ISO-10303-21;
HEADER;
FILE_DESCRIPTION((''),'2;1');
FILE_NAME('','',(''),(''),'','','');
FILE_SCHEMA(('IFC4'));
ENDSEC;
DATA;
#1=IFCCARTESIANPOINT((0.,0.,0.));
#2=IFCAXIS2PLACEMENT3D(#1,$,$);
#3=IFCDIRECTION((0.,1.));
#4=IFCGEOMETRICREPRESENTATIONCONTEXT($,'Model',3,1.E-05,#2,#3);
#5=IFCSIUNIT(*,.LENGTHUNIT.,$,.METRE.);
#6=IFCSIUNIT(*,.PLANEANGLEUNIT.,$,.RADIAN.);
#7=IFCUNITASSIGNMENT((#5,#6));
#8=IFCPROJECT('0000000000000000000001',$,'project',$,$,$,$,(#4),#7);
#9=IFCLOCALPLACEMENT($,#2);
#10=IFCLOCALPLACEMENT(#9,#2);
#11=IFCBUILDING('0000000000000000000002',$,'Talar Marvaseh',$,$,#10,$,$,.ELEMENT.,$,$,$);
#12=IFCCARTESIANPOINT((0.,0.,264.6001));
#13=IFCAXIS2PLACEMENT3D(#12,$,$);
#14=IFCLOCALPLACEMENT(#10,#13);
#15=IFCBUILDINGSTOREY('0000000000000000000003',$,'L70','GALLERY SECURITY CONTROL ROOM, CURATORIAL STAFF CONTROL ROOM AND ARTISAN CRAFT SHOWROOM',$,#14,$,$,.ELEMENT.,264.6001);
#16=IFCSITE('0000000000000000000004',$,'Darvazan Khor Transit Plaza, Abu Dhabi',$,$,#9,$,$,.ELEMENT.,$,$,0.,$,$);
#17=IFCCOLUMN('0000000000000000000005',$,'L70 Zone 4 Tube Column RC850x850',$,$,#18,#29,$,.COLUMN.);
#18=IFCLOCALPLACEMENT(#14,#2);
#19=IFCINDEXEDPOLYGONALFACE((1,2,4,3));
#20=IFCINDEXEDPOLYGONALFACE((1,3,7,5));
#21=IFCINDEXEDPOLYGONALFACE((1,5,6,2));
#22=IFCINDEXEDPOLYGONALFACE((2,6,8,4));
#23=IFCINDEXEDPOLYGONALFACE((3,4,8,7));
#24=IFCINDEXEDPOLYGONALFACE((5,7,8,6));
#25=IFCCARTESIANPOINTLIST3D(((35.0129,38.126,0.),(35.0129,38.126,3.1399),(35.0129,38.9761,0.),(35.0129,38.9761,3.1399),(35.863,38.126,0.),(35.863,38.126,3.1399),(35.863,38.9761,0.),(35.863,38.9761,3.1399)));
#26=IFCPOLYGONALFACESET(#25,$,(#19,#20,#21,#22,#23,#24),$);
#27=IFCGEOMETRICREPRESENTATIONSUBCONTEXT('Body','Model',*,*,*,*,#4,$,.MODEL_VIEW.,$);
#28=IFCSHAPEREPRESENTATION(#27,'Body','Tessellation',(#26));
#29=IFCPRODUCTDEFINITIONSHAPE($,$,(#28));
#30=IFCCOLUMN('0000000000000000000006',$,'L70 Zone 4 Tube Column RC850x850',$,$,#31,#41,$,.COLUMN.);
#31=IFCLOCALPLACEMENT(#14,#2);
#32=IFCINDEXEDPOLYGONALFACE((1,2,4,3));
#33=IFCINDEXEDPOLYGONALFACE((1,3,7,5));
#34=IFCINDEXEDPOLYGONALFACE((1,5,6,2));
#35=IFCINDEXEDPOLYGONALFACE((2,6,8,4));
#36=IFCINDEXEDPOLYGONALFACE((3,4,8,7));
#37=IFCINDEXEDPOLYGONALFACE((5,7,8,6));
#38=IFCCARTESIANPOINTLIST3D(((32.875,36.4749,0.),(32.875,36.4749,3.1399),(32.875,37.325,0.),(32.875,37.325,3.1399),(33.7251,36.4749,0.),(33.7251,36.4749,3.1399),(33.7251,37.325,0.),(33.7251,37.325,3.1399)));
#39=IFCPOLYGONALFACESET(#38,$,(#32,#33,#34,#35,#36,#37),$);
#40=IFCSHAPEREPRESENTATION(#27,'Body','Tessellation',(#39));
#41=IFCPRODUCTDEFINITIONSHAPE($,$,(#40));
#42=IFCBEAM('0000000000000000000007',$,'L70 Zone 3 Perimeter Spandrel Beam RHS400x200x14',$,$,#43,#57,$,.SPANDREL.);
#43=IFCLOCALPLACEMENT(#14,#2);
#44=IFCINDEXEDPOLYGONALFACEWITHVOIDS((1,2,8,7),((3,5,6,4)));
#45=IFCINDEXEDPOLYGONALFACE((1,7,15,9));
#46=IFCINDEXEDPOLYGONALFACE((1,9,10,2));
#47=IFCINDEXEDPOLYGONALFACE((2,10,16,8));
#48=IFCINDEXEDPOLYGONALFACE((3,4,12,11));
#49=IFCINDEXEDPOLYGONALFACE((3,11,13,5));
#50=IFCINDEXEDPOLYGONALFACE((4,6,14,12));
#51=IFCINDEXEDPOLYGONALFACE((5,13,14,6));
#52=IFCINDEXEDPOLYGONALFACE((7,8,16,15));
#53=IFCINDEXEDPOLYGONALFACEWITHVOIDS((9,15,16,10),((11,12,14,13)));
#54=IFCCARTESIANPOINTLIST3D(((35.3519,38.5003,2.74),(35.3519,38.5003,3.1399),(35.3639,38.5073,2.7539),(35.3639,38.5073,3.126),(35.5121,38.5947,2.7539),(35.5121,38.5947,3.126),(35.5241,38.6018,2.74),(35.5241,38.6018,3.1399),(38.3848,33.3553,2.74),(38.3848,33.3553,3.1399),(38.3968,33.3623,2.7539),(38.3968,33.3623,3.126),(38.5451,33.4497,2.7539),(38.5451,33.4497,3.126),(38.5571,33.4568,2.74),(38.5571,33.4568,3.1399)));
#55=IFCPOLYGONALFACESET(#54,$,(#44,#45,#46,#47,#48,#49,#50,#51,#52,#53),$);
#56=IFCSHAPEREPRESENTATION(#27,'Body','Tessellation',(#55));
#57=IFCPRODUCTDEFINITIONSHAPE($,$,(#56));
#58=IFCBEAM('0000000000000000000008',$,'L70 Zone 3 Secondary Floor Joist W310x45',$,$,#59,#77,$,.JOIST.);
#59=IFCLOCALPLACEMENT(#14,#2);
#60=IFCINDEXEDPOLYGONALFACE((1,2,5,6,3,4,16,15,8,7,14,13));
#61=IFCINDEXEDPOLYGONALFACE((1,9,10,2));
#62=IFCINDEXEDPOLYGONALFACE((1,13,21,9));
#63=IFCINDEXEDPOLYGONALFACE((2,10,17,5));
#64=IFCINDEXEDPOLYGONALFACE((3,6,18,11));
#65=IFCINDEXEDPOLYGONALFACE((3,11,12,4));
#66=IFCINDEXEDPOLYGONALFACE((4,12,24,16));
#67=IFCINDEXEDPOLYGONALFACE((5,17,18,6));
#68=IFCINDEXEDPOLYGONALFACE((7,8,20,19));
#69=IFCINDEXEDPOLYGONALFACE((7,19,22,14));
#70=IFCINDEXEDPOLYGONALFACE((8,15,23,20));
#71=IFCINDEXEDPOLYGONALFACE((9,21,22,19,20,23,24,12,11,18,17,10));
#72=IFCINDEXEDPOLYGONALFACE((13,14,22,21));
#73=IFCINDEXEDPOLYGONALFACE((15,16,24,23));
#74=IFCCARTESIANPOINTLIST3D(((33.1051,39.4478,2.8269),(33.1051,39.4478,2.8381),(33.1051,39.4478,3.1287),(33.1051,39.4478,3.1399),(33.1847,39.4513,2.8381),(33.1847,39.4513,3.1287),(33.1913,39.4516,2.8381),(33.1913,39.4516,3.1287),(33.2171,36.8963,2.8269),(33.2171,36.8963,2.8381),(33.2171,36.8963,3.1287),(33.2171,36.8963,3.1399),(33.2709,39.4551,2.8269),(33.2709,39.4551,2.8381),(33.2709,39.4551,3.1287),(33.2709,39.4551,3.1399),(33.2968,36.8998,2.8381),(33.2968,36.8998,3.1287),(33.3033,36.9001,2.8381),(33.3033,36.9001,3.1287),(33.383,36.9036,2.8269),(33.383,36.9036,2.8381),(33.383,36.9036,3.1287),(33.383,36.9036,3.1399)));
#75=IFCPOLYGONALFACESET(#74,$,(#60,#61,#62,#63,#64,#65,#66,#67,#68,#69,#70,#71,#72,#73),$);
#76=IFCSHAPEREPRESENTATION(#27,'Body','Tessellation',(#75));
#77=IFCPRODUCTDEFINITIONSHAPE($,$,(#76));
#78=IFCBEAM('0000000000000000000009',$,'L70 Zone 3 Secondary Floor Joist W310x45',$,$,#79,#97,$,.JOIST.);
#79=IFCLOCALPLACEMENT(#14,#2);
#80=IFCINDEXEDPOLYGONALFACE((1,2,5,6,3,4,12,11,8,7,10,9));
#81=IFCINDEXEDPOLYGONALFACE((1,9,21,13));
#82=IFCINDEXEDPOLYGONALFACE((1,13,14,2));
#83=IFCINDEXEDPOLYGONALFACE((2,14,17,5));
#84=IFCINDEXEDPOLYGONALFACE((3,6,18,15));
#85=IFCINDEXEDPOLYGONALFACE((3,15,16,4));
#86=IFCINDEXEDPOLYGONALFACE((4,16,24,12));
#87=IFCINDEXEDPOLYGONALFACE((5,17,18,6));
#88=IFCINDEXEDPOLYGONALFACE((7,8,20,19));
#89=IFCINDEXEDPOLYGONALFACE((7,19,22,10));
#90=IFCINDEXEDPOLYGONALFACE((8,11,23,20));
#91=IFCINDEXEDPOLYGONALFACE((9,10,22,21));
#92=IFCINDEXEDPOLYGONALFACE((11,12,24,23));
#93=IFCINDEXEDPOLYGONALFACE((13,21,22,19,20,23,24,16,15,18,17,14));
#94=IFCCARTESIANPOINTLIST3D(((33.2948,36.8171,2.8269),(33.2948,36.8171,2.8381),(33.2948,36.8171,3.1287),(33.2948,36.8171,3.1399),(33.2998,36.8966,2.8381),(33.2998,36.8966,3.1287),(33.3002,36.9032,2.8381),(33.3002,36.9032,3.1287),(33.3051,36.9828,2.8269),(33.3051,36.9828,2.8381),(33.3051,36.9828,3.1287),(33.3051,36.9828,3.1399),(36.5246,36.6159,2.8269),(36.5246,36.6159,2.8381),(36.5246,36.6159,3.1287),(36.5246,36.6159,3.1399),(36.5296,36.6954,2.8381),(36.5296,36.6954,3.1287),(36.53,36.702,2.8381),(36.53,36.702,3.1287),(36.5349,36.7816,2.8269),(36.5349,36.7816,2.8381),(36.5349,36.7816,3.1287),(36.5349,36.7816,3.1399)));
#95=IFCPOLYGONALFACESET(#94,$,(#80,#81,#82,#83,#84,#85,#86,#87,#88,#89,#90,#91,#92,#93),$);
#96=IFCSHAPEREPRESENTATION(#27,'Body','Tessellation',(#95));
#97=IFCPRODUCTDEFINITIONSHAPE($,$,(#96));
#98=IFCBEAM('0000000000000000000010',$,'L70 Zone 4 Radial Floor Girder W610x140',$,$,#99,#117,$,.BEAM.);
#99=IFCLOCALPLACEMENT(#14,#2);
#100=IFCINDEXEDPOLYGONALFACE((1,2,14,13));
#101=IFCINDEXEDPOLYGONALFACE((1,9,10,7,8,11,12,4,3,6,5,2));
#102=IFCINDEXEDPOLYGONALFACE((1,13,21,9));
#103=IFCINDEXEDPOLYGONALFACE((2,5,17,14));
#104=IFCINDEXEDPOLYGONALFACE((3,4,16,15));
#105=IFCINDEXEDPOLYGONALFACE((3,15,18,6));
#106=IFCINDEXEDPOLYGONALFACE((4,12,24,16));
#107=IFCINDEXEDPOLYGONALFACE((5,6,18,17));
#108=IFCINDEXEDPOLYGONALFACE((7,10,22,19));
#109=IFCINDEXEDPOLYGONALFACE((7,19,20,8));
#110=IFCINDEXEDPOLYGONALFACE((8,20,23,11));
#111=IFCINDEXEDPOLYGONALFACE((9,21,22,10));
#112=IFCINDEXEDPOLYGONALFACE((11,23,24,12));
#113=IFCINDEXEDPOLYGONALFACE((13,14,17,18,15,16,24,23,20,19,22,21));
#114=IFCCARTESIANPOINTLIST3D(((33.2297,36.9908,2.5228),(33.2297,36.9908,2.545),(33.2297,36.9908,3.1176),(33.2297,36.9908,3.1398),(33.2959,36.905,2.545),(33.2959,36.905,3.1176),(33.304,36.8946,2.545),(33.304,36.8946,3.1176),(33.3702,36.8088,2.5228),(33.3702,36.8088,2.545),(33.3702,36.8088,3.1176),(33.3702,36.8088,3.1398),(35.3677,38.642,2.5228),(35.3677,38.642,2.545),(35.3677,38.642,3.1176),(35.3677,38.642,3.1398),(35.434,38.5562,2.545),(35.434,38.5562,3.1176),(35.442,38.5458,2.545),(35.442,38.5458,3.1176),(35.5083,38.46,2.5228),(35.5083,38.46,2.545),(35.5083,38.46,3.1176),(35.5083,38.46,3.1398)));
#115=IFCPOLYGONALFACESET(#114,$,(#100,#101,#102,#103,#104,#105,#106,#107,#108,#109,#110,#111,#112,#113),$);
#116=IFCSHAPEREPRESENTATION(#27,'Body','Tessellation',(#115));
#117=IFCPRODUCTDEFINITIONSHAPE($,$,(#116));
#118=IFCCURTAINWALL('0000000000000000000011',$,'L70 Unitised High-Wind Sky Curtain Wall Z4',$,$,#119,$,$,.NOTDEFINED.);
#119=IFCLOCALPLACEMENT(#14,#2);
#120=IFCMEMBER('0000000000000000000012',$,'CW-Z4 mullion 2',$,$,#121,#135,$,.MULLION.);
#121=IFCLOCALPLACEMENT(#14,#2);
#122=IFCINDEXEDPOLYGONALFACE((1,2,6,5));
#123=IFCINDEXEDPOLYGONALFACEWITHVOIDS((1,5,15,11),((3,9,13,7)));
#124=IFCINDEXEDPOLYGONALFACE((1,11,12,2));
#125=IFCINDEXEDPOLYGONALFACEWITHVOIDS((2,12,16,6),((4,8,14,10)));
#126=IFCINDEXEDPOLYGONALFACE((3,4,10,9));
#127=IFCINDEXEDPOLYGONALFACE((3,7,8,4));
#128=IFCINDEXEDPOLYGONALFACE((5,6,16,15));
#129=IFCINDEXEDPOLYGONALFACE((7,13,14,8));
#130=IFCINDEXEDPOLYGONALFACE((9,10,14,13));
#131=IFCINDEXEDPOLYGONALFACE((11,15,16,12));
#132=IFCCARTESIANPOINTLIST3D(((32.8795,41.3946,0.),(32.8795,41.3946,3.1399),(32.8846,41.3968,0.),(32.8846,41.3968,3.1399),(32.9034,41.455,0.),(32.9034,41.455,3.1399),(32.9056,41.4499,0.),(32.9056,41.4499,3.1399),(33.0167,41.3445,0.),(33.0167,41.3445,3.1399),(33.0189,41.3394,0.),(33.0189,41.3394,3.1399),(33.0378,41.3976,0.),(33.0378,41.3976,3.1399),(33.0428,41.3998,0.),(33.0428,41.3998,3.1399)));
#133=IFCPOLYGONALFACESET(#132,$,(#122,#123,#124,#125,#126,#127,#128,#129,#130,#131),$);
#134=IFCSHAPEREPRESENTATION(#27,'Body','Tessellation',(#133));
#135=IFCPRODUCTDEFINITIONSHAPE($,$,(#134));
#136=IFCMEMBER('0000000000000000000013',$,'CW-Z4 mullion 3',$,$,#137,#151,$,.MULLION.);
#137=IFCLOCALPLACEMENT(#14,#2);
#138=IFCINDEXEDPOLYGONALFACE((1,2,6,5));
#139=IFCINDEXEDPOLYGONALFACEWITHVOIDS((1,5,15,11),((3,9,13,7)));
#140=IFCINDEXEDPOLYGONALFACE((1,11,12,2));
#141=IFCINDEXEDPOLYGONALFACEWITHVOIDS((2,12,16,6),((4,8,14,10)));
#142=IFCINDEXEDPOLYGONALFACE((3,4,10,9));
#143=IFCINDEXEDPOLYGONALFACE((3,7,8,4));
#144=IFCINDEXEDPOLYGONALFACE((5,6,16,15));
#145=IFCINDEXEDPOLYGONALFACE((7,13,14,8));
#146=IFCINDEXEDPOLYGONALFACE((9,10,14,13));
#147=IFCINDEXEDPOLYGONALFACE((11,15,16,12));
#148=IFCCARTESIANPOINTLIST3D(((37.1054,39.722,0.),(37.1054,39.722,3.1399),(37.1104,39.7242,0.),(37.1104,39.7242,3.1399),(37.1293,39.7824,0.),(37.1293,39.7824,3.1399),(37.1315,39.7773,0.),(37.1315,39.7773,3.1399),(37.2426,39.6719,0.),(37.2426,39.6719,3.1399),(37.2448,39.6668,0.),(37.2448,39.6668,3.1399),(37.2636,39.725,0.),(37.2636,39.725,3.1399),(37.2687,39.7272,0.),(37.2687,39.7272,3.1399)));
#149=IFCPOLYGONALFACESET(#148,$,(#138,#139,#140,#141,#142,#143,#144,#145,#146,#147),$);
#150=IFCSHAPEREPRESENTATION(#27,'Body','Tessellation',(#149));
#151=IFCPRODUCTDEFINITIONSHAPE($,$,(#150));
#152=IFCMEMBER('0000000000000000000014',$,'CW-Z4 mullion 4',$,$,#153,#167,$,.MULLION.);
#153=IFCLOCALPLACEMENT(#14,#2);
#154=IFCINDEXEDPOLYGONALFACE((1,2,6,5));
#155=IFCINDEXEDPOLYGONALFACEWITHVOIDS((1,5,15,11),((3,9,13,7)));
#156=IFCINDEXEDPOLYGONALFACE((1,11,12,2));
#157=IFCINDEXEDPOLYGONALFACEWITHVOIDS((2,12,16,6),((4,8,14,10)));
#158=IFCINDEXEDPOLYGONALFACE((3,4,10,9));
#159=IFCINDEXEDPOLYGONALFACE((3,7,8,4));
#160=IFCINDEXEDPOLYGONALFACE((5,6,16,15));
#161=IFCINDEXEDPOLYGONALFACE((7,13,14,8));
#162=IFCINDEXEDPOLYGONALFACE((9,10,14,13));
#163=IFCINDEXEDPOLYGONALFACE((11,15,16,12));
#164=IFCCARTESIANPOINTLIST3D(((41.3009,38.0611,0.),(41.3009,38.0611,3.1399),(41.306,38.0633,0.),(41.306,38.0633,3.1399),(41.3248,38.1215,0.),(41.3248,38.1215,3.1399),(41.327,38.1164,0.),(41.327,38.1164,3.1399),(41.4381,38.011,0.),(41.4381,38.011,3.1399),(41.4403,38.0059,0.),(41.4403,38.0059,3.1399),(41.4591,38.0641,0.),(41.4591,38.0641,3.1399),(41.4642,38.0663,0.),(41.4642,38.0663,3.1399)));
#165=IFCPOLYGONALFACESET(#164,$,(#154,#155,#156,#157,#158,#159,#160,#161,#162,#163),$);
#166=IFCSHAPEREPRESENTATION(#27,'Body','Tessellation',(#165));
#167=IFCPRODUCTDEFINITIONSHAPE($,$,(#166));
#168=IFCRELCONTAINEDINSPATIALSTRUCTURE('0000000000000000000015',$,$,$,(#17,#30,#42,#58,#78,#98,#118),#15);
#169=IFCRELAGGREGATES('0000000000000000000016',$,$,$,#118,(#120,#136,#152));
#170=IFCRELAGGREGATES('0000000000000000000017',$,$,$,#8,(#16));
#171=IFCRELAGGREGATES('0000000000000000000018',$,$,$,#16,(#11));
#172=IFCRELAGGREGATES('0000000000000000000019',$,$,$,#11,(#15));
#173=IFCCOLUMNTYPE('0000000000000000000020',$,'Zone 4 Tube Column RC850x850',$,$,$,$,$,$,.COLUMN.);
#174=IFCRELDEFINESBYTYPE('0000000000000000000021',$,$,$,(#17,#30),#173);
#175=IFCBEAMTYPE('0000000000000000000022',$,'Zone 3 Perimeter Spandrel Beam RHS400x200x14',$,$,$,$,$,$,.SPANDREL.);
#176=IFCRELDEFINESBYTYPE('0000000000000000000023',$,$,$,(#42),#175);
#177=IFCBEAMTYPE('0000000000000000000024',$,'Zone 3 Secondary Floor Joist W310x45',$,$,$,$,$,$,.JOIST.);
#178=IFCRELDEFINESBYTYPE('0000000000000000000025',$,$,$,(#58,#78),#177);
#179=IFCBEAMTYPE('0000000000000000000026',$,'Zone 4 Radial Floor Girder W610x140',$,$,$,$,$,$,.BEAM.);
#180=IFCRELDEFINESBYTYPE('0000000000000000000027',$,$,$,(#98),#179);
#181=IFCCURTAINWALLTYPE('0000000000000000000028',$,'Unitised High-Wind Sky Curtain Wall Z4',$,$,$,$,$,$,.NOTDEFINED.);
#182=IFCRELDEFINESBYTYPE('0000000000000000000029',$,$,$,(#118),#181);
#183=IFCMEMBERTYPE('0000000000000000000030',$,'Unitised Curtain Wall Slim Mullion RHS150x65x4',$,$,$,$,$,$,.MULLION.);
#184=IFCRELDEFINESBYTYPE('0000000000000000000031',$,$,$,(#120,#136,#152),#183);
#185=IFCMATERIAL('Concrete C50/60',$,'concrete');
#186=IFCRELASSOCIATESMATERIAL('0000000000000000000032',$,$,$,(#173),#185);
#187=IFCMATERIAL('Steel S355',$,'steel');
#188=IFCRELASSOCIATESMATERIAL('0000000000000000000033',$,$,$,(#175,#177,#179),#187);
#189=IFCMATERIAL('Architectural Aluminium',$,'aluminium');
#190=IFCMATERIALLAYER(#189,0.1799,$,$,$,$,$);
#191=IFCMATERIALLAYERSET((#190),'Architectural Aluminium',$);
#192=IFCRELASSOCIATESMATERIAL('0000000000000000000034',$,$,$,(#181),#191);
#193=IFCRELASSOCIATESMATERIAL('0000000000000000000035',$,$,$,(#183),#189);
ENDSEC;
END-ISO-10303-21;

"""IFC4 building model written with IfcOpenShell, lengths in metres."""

from ifc_helpers import new_model, si_unit, direction, frame, origin, origin_2d, place, context, subcontext, project, spatial, rectangle, hollow_rectangle, i_section, extrude, source, transform, mapped, material, layer, layer_set, material_profile, profile_set, type_object, type_shapes, element, aggregate, save


model = new_model("IFC4")

# Units and contexts
model_context = context("Model", 3, precision=1e-05, world=origin(), true_north=direction((0.0, 1.0)))
body_context = subcontext(model_context, "Body", "Model", "MODEL_VIEW")
ifc_project = project(units=[si_unit("LENGTHUNIT", "METRE"), si_unit("PLANEANGLEUNIT", "RADIAN")], contexts=[model_context])

# Site, building, storey
site_placement = place(None, origin())
site = spatial("IfcSite", under=ifc_project, at=site_placement, Name="Darvazan Khor Transit Plaza, Abu Dhabi", CompositionType="ELEMENT", RefElevation=0.0)
building_placement = place(site_placement, origin())
building = spatial("IfcBuilding", under=site, at=building_placement, Name="Talar Marvaseh", CompositionType="ELEMENT")
storey_placement = place(building_placement, frame((0.0, 0.0, 264.6001)))
storey = spatial("IfcBuildingStorey", under=building, at=storey_placement, Name="L70", Description="GALLERY SECURITY CONTROL ROOM, CURATORIAL STAFF CONTROL ROOM AND ARTISAN CRAFT SHOWROOM", CompositionType="ELEMENT", Elevation=264.6001)

# Columns
ifc_material_1 = material(Name="Concrete C50/60", Category="concrete")
ifc_material_profile_1 = material_profile(ifc_material_1, rectangle(XDim=0.8501, YDim=0.8501, at=origin_2d()), Name="RC850x850")
ifc_profile_set_1 = profile_set([ifc_material_profile_1], Name="Concrete C50/60")
column_type = type_object("IfcColumnType", Name="Zone 4 Tube Column RC850x850", PredefinedType="COLUMN", material=ifc_profile_set_1)
for number, where, z_axis, x_axis, name in (
    (1, (35.438, 38.551, 0.0), (0.0, 0.0, 1.0), (1.0, 0.0, 0.0), "L70 Zone 4 Tube Column RC850x850"),
    (2, (33.3, 36.8999, 0.0), (0.0, 0.0, 1.0), (1.0, 0.0, 0.0), "L70 Zone 4 Tube Column RC850x850"),
):
    element("IfcColumn", number, at=place(storey_placement, frame(where, z_axis=z_axis, x_axis=x_axis)), inside=storey, type_object=column_type, Name=name, PredefinedType="COLUMN", context=body_context, shape_type="SweptSolid", body=[
        extrude(rectangle(XDim=0.8501, YDim=0.8501, at=origin_2d()), origin(), (0.0, 0.0, 1.0), 3.1399),
    ])

# Beams
ifc_material_2 = material(Name="Steel S355", Category="steel")
ifc_material_profile_2 = material_profile(ifc_material_2, hollow_rectangle(XDim=0.2, YDim=0.3999, WallThickness=0.0139, at=origin_2d()), Name="RHS400x200x14")
ifc_profile_set_2 = profile_set([ifc_material_profile_2], Name="Steel S355")
beam_type_1 = type_object("IfcBeamType", Name="Zone 3 Perimeter Spandrel Beam RHS400x200x14", PredefinedType="SPANDREL", material=ifc_profile_set_2)
beam_1_placement = place(storey_placement, frame((35.438, 38.551, 2.9399), z_axis=(0.507826, -0.86146, 0.0), x_axis=(0.86146, 0.507826, 0.0)))
element("IfcBeam", 3, at=beam_1_placement, inside=storey, type_object=beam_type_1, Name="L70 Zone 3 Perimeter Spandrel Beam RHS400x200x14", PredefinedType="SPANDREL", context=body_context, shape_type="SweptSolid", body=[
    extrude(hollow_rectangle(XDim=0.2, YDim=0.3999, WallThickness=0.0139, at=origin_2d()), origin(), (0.0, 0.0, 1.0), 5.9724),
])
ifc_material_profile_3 = material_profile(ifc_material_2, i_section(OverallWidth=0.166, OverallDepth=0.313, WebThickness=0.0066, FlangeThickness=0.0112, at=origin_2d()), Name="W310x45")
ifc_profile_set_3 = profile_set([ifc_material_profile_3], Name="Steel S355")
beam_type_2 = type_object("IfcBeamType", Name="Zone 3 Secondary Floor Joist W310x45", PredefinedType="JOIST", material=ifc_profile_set_3)
beam_2_placement = place(storey_placement, frame((33.188, 39.4514, 2.9834), z_axis=(0.043877, -0.999037, 0.0), x_axis=(0.999037, 0.043877, 0.0)))
element("IfcBeam", 4, at=beam_2_placement, inside=storey, type_object=beam_type_2, Name="L70 Zone 3 Secondary Floor Joist W310x45", PredefinedType="JOIST", context=body_context, shape_type="SweptSolid", body=[
    extrude(i_section(OverallWidth=0.166, OverallDepth=0.313, WebThickness=0.0066, FlangeThickness=0.0112, at=origin_2d()), origin(), (0.0, 0.0, 1.0), 2.554),
])
beam_3_placement = place(storey_placement, frame((36.5298, 36.6987, 2.9834), z_axis=(-0.998066, 0.062167, 0.0), x_axis=(-0.062167, -0.998066, 0.0)))
element("IfcBeam", 5, at=beam_3_placement, inside=storey, type_object=beam_type_2, Name="L70 Zone 3 Secondary Floor Joist W310x45", PredefinedType="JOIST", context=body_context, shape_type="SweptSolid", body=[
    extrude(i_section(OverallWidth=0.166, OverallDepth=0.313, WebThickness=0.0066, FlangeThickness=0.0112, at=origin_2d()), origin(), (0.0, 0.0, 1.0), 3.2361),
])
ifc_material_profile_4 = material_profile(ifc_material_2, i_section(OverallWidth=0.23, OverallDepth=0.6169, WebThickness=0.0132, FlangeThickness=0.0222, at=origin_2d()), Name="W610x140")
ifc_profile_set_4 = profile_set([ifc_material_profile_4], Name="Steel S355")
beam_type_3 = type_object("IfcBeamType", Name="Zone 4 Radial Floor Girder W610x140", PredefinedType="BEAM", material=ifc_profile_set_4)
beam_4_placement = place(storey_placement, frame((35.438, 38.551, 2.8313), z_axis=(-0.79145, -0.611234, 0.0), x_axis=(0.611234, -0.79145, 0.0)))
element("IfcBeam", 6, at=beam_4_placement, inside=storey, type_object=beam_type_3, Name="L70 Zone 4 Radial Floor Girder W610x140", PredefinedType="BEAM", context=body_context, shape_type="SweptSolid", body=[
    extrude(i_section(OverallWidth=0.23, OverallDepth=0.6169, WebThickness=0.0132, FlangeThickness=0.0222, at=origin_2d()), origin(), (0.0, 0.0, 1.0), 2.7014),
])

# Curtain wall, members
ifc_material_3 = material(Name="Architectural Aluminium", Category="aluminium")
ifc_layer_1 = layer(ifc_material_3, 0.1799)
ifc_layer_set_1 = layer_set([ifc_layer_1], Name="Architectural Aluminium")
curtain_wall_type = type_object("IfcCurtainWallType", Name="Unitised High-Wind Sky Curtain Wall Z4", PredefinedType="NOTDEFINED", material=ifc_layer_set_1)
curtain_wall_placement = place(storey_placement, origin())
curtain_wall = element("IfcCurtainWall", 7, at=curtain_wall_placement, inside=storey, type_object=curtain_wall_type, Name="L70 Unitised High-Wind Sky Curtain Wall Z4", PredefinedType="NOTDEFINED")
ifc_material_profile_5 = material_profile(ifc_material_3, hollow_rectangle(XDim=0.0649, YDim=0.1499, WallThickness=0.0039, at=origin_2d()), Name="RHS150x65x4")
ifc_profile_set_5 = profile_set([ifc_material_profile_5], Name="Architectural Aluminium")
member_type_1 = type_object("IfcMemberType", Name="Unitised Curtain Wall Slim Mullion RHS150x65x4", PredefinedType="MULLION", material=ifc_profile_set_5)
shared_shape_1 = source(origin(), body_context, "Body", "SweptSolid", [
    extrude(hollow_rectangle(XDim=0.0649, YDim=0.1499, WallThickness=0.0039, at=origin_2d()), origin(), (0.0, 0.0, 1.0), 3.1399),
])
type_shapes(member_type_1, [shared_shape_1])
member_1_placement = place(storey_placement, frame((32.9612, 41.3972, 0.0), z_axis=(0.0, 0.0, 1.0), x_axis=(0.36806, 0.929802, 0.0)))
member_1 = element("IfcMember", 8, at=member_1_placement, type_object=member_type_1, Name="CW-Z4 mullion 2", PredefinedType="MULLION", context=body_context, shape_type="MappedRepresentation", body=[
    mapped(shared_shape_1, transform((0.0, 0.0, 0.0), x_axis=(1.0, 0.0, 0.0), y_axis=(0.0, 1.0, 0.0), z_axis=(0.0, 0.0, 1.0), scale=1.0)),
])
member_2_placement = place(storey_placement, frame((37.187, 39.7246, 0.0), z_axis=(0.0, 0.0, 1.0), x_axis=(0.36806, 0.929802, 0.0)))
member_2 = element("IfcMember", 9, at=member_2_placement, type_object=member_type_1, Name="CW-Z4 mullion 3", PredefinedType="MULLION", context=body_context, shape_type="MappedRepresentation", body=[
    mapped(shared_shape_1, transform((0.0, 0.0, 0.0), x_axis=(1.0, 0.0, 0.0), y_axis=(0.0, 1.0, 0.0), z_axis=(0.0, 0.0, 1.0), scale=1.0)),
])
member_3_placement = place(storey_placement, frame((41.3826, 38.0637, 0.0), z_axis=(0.0, 0.0, 1.0), x_axis=(0.36806, 0.929802, 0.0)))
member_3 = element("IfcMember", 10, at=member_3_placement, type_object=member_type_1, Name="CW-Z4 mullion 4", PredefinedType="MULLION", context=body_context, shape_type="MappedRepresentation", body=[
    mapped(shared_shape_1, transform((0.0, 0.0, 0.0), x_axis=(1.0, 0.0, 0.0), y_axis=(0.0, 1.0, 0.0), z_axis=(0.0, 0.0, 1.0), scale=1.0)),
])
aggregate(curtain_wall, [member_1, member_2, member_3])

save(model, "model.ifc")
